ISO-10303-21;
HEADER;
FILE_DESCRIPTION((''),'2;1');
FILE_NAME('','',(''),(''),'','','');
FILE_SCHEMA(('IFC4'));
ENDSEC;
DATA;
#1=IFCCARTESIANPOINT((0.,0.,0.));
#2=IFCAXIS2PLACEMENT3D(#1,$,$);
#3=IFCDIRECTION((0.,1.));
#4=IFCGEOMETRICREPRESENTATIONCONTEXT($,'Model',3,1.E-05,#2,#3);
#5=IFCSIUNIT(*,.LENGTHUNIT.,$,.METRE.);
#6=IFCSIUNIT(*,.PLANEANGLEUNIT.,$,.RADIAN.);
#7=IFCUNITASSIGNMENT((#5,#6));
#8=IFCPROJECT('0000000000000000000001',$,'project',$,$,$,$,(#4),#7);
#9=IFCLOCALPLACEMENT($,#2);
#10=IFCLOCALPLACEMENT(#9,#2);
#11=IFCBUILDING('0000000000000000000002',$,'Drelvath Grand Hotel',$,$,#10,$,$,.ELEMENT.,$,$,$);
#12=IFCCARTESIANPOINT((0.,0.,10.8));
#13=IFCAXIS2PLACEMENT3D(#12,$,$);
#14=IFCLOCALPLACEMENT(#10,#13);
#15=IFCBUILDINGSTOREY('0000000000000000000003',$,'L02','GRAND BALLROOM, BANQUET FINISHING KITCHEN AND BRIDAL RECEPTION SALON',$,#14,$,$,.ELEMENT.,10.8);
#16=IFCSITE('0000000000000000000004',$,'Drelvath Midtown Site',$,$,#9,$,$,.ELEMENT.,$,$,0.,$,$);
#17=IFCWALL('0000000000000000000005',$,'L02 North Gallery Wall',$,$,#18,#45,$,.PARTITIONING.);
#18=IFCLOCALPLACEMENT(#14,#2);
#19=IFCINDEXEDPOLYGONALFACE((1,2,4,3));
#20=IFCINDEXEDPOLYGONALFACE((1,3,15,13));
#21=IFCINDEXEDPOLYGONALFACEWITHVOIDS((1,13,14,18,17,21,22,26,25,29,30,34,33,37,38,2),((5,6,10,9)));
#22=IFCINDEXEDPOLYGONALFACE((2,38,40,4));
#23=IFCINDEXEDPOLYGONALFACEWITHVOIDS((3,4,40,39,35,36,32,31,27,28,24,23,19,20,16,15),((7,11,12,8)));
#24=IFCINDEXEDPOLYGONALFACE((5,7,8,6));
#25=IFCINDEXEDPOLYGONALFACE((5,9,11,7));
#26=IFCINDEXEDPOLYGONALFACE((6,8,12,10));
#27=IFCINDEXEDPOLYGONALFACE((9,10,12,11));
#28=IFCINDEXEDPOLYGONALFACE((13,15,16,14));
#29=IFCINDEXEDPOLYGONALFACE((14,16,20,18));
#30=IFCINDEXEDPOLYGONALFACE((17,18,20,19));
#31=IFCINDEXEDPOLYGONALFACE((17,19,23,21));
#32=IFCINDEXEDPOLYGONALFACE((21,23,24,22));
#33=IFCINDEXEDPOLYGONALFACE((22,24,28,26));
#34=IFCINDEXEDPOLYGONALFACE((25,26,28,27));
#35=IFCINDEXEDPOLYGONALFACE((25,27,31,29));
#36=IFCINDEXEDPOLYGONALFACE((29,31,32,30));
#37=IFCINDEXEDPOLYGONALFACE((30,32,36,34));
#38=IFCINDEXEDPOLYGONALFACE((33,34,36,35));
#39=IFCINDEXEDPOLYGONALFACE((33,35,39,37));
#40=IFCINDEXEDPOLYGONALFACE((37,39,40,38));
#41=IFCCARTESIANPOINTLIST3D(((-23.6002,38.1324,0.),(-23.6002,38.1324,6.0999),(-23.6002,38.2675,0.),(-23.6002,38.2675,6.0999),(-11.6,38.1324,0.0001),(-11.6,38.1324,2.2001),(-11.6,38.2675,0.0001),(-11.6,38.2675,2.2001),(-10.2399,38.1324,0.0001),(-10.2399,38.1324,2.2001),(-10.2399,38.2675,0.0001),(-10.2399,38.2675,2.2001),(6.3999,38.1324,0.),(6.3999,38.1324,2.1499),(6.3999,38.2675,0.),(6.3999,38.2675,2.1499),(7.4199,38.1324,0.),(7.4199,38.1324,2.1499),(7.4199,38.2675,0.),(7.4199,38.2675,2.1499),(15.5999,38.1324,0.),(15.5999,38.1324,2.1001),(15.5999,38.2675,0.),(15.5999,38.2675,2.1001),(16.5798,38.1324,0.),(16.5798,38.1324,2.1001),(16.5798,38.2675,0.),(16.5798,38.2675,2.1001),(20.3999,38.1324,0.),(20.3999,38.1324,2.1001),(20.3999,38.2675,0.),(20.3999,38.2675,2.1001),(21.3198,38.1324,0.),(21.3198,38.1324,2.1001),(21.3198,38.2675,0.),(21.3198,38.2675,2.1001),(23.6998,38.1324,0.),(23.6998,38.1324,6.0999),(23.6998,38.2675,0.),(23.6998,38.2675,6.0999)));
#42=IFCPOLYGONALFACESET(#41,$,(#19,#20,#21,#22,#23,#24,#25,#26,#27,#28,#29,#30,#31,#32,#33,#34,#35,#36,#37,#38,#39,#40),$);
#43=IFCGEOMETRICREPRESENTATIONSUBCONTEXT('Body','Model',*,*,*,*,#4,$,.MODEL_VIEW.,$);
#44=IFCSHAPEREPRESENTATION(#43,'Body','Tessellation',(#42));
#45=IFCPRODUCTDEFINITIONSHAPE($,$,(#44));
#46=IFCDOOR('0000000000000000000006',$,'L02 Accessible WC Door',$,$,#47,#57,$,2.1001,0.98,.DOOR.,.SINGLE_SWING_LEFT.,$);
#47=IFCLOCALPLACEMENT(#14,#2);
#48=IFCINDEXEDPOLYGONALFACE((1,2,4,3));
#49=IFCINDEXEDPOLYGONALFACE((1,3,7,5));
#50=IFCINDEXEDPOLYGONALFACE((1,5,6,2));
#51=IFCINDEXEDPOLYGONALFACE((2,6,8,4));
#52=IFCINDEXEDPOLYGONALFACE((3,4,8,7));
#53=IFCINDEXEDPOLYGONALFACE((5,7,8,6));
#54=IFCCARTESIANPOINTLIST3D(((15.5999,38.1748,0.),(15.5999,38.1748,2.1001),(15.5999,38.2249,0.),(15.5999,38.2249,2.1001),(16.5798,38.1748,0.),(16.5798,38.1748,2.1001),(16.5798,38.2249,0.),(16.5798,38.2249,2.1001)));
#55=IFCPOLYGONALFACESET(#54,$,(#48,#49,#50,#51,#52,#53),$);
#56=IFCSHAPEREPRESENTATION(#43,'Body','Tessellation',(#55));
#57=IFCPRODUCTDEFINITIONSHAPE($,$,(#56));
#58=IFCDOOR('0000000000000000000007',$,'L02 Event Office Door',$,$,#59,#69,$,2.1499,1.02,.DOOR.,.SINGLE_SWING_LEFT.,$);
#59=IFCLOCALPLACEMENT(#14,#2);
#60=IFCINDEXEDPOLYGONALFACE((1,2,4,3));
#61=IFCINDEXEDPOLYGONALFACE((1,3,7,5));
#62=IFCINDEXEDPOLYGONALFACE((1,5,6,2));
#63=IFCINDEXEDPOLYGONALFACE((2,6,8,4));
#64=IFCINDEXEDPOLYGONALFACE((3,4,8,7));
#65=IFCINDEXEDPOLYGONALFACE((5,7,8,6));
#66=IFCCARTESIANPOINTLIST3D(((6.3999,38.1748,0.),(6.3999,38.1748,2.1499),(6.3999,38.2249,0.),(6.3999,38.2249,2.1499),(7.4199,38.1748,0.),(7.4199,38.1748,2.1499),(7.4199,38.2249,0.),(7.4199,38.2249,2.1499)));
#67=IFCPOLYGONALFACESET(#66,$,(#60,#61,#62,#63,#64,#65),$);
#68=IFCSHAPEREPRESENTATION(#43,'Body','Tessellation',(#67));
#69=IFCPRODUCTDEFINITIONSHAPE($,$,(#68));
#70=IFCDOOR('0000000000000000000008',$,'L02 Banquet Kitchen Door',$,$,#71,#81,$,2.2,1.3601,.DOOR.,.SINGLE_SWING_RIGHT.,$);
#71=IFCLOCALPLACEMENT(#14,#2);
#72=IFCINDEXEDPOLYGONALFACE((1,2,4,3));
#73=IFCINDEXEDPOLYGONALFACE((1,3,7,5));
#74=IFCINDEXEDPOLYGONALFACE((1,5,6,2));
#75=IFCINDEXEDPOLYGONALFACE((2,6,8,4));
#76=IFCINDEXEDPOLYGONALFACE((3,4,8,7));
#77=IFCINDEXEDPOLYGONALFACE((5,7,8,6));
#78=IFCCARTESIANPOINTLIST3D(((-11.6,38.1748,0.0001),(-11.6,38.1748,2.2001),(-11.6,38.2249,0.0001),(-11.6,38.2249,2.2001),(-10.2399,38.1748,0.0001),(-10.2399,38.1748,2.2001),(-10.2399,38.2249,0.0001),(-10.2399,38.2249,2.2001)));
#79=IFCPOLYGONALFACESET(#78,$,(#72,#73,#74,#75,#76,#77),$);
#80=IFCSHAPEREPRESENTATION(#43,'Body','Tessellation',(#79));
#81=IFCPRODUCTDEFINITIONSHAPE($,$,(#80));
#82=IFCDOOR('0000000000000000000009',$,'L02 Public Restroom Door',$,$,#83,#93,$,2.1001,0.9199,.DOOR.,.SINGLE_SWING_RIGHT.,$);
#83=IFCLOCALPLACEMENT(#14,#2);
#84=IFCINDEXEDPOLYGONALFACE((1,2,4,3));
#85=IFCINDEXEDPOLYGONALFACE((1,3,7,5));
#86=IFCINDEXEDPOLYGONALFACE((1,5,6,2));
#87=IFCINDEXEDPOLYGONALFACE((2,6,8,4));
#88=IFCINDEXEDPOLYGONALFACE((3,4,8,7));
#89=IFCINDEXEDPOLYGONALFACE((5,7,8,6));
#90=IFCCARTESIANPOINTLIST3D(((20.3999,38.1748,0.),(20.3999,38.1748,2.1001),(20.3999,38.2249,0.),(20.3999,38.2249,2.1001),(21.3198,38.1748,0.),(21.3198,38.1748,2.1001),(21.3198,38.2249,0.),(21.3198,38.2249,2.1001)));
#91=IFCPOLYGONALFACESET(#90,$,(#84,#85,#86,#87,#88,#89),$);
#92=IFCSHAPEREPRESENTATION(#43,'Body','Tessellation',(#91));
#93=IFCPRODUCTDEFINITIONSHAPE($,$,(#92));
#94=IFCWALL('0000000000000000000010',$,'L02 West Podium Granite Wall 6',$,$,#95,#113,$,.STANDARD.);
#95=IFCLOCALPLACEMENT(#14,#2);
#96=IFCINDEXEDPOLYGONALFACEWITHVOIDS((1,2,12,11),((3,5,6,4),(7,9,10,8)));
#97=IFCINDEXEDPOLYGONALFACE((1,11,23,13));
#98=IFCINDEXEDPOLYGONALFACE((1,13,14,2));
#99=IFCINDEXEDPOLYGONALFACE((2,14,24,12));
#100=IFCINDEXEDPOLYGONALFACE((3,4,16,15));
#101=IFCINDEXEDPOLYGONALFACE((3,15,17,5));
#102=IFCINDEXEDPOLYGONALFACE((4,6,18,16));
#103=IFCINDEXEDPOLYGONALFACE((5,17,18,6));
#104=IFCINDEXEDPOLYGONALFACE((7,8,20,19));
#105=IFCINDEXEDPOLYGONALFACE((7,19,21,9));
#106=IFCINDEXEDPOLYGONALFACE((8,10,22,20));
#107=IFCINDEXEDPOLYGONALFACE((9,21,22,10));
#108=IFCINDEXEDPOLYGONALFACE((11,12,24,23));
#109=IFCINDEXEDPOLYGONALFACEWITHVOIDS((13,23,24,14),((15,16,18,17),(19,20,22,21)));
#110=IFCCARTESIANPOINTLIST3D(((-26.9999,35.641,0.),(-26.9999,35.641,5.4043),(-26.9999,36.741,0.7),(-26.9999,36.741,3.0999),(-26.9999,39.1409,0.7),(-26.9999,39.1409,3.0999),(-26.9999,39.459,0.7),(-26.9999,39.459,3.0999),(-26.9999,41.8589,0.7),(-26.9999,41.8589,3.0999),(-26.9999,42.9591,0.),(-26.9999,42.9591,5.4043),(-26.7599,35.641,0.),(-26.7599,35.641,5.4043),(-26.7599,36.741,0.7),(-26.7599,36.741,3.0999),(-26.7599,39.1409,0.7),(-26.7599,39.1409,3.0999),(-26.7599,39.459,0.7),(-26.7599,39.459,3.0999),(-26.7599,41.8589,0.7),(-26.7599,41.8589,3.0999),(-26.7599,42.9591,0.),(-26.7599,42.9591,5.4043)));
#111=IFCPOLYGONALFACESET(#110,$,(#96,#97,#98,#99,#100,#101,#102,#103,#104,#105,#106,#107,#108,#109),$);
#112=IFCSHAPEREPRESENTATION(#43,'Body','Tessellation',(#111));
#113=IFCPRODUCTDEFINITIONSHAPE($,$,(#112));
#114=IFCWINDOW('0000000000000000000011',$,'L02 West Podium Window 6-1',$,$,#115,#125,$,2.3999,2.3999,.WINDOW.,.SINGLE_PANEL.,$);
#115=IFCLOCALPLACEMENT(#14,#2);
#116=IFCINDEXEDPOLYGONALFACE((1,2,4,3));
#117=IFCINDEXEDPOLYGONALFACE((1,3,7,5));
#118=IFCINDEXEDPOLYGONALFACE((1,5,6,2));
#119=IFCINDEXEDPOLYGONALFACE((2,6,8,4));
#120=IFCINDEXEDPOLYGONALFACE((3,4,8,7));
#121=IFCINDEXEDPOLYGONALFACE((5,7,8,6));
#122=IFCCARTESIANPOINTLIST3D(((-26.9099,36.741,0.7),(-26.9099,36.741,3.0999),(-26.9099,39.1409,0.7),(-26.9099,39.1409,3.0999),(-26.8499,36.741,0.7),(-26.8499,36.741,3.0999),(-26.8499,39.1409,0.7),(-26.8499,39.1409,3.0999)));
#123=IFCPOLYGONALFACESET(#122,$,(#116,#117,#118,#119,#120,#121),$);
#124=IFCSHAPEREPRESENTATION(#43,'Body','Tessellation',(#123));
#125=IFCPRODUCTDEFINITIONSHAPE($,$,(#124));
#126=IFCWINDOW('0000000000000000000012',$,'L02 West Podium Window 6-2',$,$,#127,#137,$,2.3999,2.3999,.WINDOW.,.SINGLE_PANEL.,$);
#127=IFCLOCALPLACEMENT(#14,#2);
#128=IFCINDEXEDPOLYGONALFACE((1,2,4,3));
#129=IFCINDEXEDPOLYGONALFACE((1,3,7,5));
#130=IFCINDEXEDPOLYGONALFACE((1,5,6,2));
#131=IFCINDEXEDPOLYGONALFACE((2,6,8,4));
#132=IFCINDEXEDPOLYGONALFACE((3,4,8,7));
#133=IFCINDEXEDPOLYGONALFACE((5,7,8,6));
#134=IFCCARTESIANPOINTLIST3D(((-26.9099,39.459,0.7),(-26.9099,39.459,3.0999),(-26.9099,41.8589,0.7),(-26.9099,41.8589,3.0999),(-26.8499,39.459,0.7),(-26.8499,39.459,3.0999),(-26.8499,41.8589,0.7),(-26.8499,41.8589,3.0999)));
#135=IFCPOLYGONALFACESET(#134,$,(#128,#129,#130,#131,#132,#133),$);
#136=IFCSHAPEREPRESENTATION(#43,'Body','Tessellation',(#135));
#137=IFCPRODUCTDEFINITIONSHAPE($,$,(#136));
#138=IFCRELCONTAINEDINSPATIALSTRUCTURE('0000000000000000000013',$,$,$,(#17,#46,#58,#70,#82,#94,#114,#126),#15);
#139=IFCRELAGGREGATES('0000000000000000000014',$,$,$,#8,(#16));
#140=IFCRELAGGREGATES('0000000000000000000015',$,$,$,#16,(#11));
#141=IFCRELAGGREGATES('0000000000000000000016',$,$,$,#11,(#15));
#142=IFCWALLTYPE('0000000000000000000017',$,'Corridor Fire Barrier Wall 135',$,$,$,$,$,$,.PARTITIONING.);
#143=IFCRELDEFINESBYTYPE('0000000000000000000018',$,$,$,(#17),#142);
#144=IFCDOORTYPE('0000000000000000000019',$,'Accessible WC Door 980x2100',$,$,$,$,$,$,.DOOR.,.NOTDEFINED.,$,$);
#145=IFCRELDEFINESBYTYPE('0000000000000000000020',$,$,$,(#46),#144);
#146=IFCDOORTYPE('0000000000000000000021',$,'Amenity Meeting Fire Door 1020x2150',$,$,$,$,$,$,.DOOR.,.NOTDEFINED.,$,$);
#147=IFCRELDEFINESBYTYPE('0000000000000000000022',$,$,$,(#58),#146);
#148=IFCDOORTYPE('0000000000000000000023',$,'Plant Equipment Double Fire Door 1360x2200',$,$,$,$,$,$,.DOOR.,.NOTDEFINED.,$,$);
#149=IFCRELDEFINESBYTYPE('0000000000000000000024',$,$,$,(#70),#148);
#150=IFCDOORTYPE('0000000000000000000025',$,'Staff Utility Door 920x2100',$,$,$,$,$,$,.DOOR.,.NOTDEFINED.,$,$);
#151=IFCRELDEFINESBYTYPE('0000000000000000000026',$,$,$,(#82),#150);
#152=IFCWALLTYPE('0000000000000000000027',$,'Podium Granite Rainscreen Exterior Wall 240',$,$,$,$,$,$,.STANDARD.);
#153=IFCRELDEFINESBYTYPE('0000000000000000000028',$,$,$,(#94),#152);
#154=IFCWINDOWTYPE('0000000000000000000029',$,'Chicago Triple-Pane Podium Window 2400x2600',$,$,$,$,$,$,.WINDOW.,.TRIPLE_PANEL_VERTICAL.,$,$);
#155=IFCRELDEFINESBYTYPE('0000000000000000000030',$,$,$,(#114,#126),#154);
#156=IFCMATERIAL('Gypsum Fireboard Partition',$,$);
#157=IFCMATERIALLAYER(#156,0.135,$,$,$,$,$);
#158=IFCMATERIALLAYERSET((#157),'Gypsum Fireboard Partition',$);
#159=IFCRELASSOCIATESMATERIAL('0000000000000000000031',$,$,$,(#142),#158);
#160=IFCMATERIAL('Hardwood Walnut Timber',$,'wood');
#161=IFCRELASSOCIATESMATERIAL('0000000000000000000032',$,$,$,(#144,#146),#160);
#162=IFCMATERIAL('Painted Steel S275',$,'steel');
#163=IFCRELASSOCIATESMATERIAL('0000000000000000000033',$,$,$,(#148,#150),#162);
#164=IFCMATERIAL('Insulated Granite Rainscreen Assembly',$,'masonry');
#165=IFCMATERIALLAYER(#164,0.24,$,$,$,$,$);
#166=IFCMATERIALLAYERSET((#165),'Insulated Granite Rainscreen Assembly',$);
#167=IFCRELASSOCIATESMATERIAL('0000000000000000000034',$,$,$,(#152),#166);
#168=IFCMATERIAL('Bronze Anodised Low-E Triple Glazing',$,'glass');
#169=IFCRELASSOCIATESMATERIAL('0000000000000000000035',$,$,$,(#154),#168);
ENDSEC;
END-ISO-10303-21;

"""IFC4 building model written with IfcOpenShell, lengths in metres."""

from ifc_helpers import new_model, si_unit, direction, frame, frame_2d, origin, place, context, subcontext, project, spatial, rectangle, extrude, material, layer, layer_set, type_object, element, fill, save


model = new_model("IFC4")

# Units and contexts
model_context = context("Model", 3, precision=1e-05, world=origin(), true_north=direction((0.0, 1.0)))
body_context = subcontext(model_context, "Body", "Model", "MODEL_VIEW")
ifc_project = project(units=[si_unit("LENGTHUNIT", "METRE"), si_unit("PLANEANGLEUNIT", "RADIAN")], contexts=[model_context])

# Site, building, storey
site_placement = place(None, origin())
site = spatial("IfcSite", under=ifc_project, at=site_placement, Name="Drelvath Midtown Site", CompositionType="ELEMENT", RefElevation=0.0)
building_placement = place(site_placement, origin())
building = spatial("IfcBuilding", under=site, at=building_placement, Name="Drelvath Grand Hotel", CompositionType="ELEMENT")
storey_placement = place(building_placement, frame((0.0, 0.0, 10.8)))
storey = spatial("IfcBuildingStorey", under=building, at=storey_placement, Name="L02", Description="GRAND BALLROOM, BANQUET FINISHING KITCHEN AND BRIDAL RECEPTION SALON", CompositionType="ELEMENT", Elevation=10.8)

# Wall, openings, doors
ifc_material_1 = material(Name="Gypsum Fireboard Partition")
ifc_layer_1 = layer(ifc_material_1, 0.135)
ifc_layer_set_1 = layer_set([ifc_layer_1], Name="Gypsum Fireboard Partition")
wall_type_1 = type_object("IfcWallType", Name="Corridor Fire Barrier Wall 135", PredefinedType="PARTITIONING", material=ifc_layer_set_1)
wall_1_placement = place(storey_placement, frame((-23.6001, 38.2, 0.0), z_axis=(0.0, 0.0, 1.0), x_axis=(1.0, 0.0, 0.0)))
wall_1 = element("IfcWall", 1, at=wall_1_placement, inside=storey, type_object=wall_type_1, Name="L02 North Gallery Wall", PredefinedType="PARTITIONING", context=body_context, shape_type="SweptSolid", body=[
    extrude(rectangle(XDim=47.3, YDim=0.135, at=frame_2d((23.6499, 0.0))), origin(), (0.0, 0.0, 1.0), 6.0999),
])
opening_1_placement = place(wall_1_placement, frame((39.2, 0.0, 0.0)))
opening_1 = element("IfcOpeningElement", 2, at=opening_1_placement, cuts=wall_1, PredefinedType="OPENING", context=body_context, shape_type="SweptSolid", body=[
    extrude(rectangle(XDim=0.98, YDim=2.1001, at=frame_2d((0.49, 1.05))), frame((0.0, 0.0774, 0.0), z_axis=(0.0, -1.0, 0.0), x_axis=(1.0, 0.0, 0.0)), (0.0, 0.0, 1.0), 0.155),
])
opening_2_placement = place(wall_1_placement, frame((44.0, 0.0, 0.0)))
opening_2 = element("IfcOpeningElement", 3, at=opening_2_placement, cuts=wall_1, PredefinedType="OPENING", context=body_context, shape_type="SweptSolid", body=[
    extrude(rectangle(XDim=0.9199, YDim=2.1001, at=frame_2d((0.46, 1.05))), frame((0.0, 0.0774, 0.0), z_axis=(0.0, -1.0, 0.0), x_axis=(1.0, 0.0, 0.0)), (0.0, 0.0, 1.0), 0.155),
])
opening_3_placement = place(wall_1_placement, frame((12.0, 0.0, 0.0)))
opening_3 = element("IfcOpeningElement", 4, at=opening_3_placement, cuts=wall_1, PredefinedType="OPENING", context=body_context, shape_type="SweptSolid", body=[
    extrude(rectangle(XDim=1.3601, YDim=2.2, at=frame_2d((0.6802, 1.1001))), frame((0.0, 0.0774, 0.0), z_axis=(0.0, -1.0, 0.0), x_axis=(1.0, 0.0, 0.0)), (0.0, 0.0, 1.0), 0.155),
])
opening_4_placement = place(wall_1_placement, frame((30.0, 0.0, 0.0)))
opening_4 = element("IfcOpeningElement", 5, at=opening_4_placement, cuts=wall_1, PredefinedType="OPENING", context=body_context, shape_type="SweptSolid", body=[
    extrude(rectangle(XDim=1.02, YDim=2.1499, at=frame_2d((0.51, 1.075))), frame((0.0, 0.0774, 0.0), z_axis=(0.0, -1.0, 0.0), x_axis=(1.0, 0.0, 0.0)), (0.0, 0.0, 1.0), 0.155),
])
ifc_material_2 = material(Name="Hardwood Walnut Timber", Category="wood")
door_type_1 = type_object("IfcDoorType", Name="Accessible WC Door 980x2100", OperationType="NOTDEFINED", PredefinedType="DOOR", material=ifc_material_2)
door_1_placement = place(opening_1_placement, origin())
door_1 = element("IfcDoor", 6, at=door_1_placement, inside=storey, type_object=door_type_1, Name="L02 Accessible WC Door", OperationType="SINGLE_SWING_LEFT", OverallHeight=2.1001, OverallWidth=0.98, PredefinedType="DOOR", context=body_context, shape_type="SweptSolid", body=[
    extrude(rectangle(XDim=0.98, YDim=2.1001, at=frame_2d((0.49, 1.05))), frame((0.0, 0.0249, 0.0), z_axis=(0.0, -1.0, 0.0), x_axis=(1.0, 0.0, 0.0)), (0.0, 0.0, 1.0), 0.05),
])
fill(opening_1, door_1)
door_type_2 = type_object("IfcDoorType", Name="Amenity Meeting Fire Door 1020x2150", OperationType="NOTDEFINED", PredefinedType="DOOR", material=ifc_material_2)
door_2_placement = place(opening_4_placement, origin())
door_2 = element("IfcDoor", 7, at=door_2_placement, inside=storey, type_object=door_type_2, Name="L02 Event Office Door", OperationType="SINGLE_SWING_LEFT", OverallHeight=2.1499, OverallWidth=1.02, PredefinedType="DOOR", context=body_context, shape_type="SweptSolid", body=[
    extrude(rectangle(XDim=1.02, YDim=2.1499, at=frame_2d((0.51, 1.075))), frame((0.0, 0.0249, 0.0), z_axis=(0.0, -1.0, 0.0), x_axis=(1.0, 0.0, 0.0)), (0.0, 0.0, 1.0), 0.05),
])
fill(opening_4, door_2)
ifc_material_3 = material(Name="Painted Steel S275", Category="steel")
door_type_3 = type_object("IfcDoorType", Name="Plant Equipment Double Fire Door 1360x2200", OperationType="NOTDEFINED", PredefinedType="DOOR", material=ifc_material_3)
door_3_placement = place(opening_3_placement, origin())
door_3 = element("IfcDoor", 8, at=door_3_placement, inside=storey, type_object=door_type_3, Name="L02 Banquet Kitchen Door", OperationType="SINGLE_SWING_RIGHT", OverallHeight=2.2, OverallWidth=1.3601, PredefinedType="DOOR", context=body_context, shape_type="SweptSolid", body=[
    extrude(rectangle(XDim=1.3601, YDim=2.2, at=frame_2d((0.6802, 1.1001))), frame((0.0, 0.0249, 0.0), z_axis=(0.0, -1.0, 0.0), x_axis=(1.0, 0.0, 0.0)), (0.0, 0.0, 1.0), 0.05),
])
fill(opening_3, door_3)
door_type_4 = type_object("IfcDoorType", Name="Staff Utility Door 920x2100", OperationType="NOTDEFINED", PredefinedType="DOOR", material=ifc_material_3)
door_4_placement = place(opening_2_placement, origin())
door_4 = element("IfcDoor", 9, at=door_4_placement, inside=storey, type_object=door_type_4, Name="L02 Public Restroom Door", OperationType="SINGLE_SWING_RIGHT", OverallHeight=2.1001, OverallWidth=0.9199, PredefinedType="DOOR", context=body_context, shape_type="SweptSolid", body=[
    extrude(rectangle(XDim=0.9199, YDim=2.1001, at=frame_2d((0.46, 1.05))), frame((0.0, 0.0249, 0.0), z_axis=(0.0, -1.0, 0.0), x_axis=(1.0, 0.0, 0.0)), (0.0, 0.0, 1.0), 0.05),
])
fill(opening_2, door_4)

# Wall, openings, windows
ifc_material_4 = material(Name="Insulated Granite Rainscreen Assembly", Category="masonry")
ifc_layer_2 = layer(ifc_material_4, 0.24)
ifc_layer_set_2 = layer_set([ifc_layer_2], Name="Insulated Granite Rainscreen Assembly")
wall_type_2 = type_object("IfcWallType", Name="Podium Granite Rainscreen Exterior Wall 240", PredefinedType="STANDARD", material=ifc_layer_set_2)
wall_2_placement = place(storey_placement, frame((-26.8799, 35.6409, 0.0), z_axis=(0.0, 0.0, 1.0), x_axis=(0.0, 1.0, 0.0)))
wall_2 = element("IfcWall", 10, at=wall_2_placement, inside=storey, type_object=wall_type_2, Name="L02 West Podium Granite Wall 6", PredefinedType="STANDARD", context=body_context, shape_type="SweptSolid", body=[
    extrude(rectangle(XDim=7.3181, YDim=0.24, at=frame_2d((3.6592, 0.0))), origin(), (0.0, 0.0, 1.0), 5.4043),
])
opening_5_placement = place(wall_2_placement, frame((1.1001, 0.0, 0.7)))
opening_5 = element("IfcOpeningElement", 11, at=opening_5_placement, cuts=wall_2, PredefinedType="OPENING", context=body_context, shape_type="SweptSolid", body=[
    extrude(rectangle(XDim=2.3999, YDim=2.3999, at=frame_2d((1.2, 1.2))), frame((0.0, 0.1299, 0.0), z_axis=(0.0, -1.0, 0.0), x_axis=(1.0, 0.0, 0.0)), (0.0, 0.0, 1.0), 0.26),
])
opening_6_placement = place(wall_2_placement, frame((3.8181, 0.0, 0.7)))
opening_6 = element("IfcOpeningElement", 12, at=opening_6_placement, cuts=wall_2, PredefinedType="OPENING", context=body_context, shape_type="SweptSolid", body=[
    extrude(rectangle(XDim=2.3999, YDim=2.3999, at=frame_2d((1.2, 1.2))), frame((0.0, 0.1299, 0.0), z_axis=(0.0, -1.0, 0.0), x_axis=(1.0, 0.0, 0.0)), (0.0, 0.0, 1.0), 0.26),
])
ifc_material_5 = material(Name="Bronze Anodised Low-E Triple Glazing", Category="glass")
window_type_1 = type_object("IfcWindowType", Name="Chicago Triple-Pane Podium Window 2400x2600", PartitioningType="TRIPLE_PANEL_VERTICAL", PredefinedType="WINDOW", material=ifc_material_5)
window_1_placement = place(opening_5_placement, origin())
window_1 = element("IfcWindow", 13, at=window_1_placement, inside=storey, type_object=window_type_1, Name="L02 West Podium Window 6-1", OverallHeight=2.3999, OverallWidth=2.3999, PartitioningType="SINGLE_PANEL", PredefinedType="WINDOW", context=body_context, shape_type="SweptSolid", body=[
    extrude(rectangle(XDim=2.3999, YDim=2.3999, at=frame_2d((1.2, 1.2))), frame((0.0, 0.03, 0.0), z_axis=(0.0, -1.0, 0.0), x_axis=(1.0, 0.0, 0.0)), (0.0, 0.0, 1.0), 0.0601),
])
fill(opening_5, window_1)
window_2_placement = place(opening_6_placement, origin())
window_2 = element("IfcWindow", 14, at=window_2_placement, inside=storey, type_object=window_type_1, Name="L02 West Podium Window 6-2", OverallHeight=2.3999, OverallWidth=2.3999, PartitioningType="SINGLE_PANEL", PredefinedType="WINDOW", context=body_context, shape_type="SweptSolid", body=[
    extrude(rectangle(XDim=2.3999, YDim=2.3999, at=frame_2d((1.2, 1.2))), frame((0.0, 0.03, 0.0), z_axis=(0.0, -1.0, 0.0), x_axis=(1.0, 0.0, 0.0)), (0.0, 0.0, 1.0), 0.0601),
])
fill(opening_6, window_2)

save(model, "model.ifc")
